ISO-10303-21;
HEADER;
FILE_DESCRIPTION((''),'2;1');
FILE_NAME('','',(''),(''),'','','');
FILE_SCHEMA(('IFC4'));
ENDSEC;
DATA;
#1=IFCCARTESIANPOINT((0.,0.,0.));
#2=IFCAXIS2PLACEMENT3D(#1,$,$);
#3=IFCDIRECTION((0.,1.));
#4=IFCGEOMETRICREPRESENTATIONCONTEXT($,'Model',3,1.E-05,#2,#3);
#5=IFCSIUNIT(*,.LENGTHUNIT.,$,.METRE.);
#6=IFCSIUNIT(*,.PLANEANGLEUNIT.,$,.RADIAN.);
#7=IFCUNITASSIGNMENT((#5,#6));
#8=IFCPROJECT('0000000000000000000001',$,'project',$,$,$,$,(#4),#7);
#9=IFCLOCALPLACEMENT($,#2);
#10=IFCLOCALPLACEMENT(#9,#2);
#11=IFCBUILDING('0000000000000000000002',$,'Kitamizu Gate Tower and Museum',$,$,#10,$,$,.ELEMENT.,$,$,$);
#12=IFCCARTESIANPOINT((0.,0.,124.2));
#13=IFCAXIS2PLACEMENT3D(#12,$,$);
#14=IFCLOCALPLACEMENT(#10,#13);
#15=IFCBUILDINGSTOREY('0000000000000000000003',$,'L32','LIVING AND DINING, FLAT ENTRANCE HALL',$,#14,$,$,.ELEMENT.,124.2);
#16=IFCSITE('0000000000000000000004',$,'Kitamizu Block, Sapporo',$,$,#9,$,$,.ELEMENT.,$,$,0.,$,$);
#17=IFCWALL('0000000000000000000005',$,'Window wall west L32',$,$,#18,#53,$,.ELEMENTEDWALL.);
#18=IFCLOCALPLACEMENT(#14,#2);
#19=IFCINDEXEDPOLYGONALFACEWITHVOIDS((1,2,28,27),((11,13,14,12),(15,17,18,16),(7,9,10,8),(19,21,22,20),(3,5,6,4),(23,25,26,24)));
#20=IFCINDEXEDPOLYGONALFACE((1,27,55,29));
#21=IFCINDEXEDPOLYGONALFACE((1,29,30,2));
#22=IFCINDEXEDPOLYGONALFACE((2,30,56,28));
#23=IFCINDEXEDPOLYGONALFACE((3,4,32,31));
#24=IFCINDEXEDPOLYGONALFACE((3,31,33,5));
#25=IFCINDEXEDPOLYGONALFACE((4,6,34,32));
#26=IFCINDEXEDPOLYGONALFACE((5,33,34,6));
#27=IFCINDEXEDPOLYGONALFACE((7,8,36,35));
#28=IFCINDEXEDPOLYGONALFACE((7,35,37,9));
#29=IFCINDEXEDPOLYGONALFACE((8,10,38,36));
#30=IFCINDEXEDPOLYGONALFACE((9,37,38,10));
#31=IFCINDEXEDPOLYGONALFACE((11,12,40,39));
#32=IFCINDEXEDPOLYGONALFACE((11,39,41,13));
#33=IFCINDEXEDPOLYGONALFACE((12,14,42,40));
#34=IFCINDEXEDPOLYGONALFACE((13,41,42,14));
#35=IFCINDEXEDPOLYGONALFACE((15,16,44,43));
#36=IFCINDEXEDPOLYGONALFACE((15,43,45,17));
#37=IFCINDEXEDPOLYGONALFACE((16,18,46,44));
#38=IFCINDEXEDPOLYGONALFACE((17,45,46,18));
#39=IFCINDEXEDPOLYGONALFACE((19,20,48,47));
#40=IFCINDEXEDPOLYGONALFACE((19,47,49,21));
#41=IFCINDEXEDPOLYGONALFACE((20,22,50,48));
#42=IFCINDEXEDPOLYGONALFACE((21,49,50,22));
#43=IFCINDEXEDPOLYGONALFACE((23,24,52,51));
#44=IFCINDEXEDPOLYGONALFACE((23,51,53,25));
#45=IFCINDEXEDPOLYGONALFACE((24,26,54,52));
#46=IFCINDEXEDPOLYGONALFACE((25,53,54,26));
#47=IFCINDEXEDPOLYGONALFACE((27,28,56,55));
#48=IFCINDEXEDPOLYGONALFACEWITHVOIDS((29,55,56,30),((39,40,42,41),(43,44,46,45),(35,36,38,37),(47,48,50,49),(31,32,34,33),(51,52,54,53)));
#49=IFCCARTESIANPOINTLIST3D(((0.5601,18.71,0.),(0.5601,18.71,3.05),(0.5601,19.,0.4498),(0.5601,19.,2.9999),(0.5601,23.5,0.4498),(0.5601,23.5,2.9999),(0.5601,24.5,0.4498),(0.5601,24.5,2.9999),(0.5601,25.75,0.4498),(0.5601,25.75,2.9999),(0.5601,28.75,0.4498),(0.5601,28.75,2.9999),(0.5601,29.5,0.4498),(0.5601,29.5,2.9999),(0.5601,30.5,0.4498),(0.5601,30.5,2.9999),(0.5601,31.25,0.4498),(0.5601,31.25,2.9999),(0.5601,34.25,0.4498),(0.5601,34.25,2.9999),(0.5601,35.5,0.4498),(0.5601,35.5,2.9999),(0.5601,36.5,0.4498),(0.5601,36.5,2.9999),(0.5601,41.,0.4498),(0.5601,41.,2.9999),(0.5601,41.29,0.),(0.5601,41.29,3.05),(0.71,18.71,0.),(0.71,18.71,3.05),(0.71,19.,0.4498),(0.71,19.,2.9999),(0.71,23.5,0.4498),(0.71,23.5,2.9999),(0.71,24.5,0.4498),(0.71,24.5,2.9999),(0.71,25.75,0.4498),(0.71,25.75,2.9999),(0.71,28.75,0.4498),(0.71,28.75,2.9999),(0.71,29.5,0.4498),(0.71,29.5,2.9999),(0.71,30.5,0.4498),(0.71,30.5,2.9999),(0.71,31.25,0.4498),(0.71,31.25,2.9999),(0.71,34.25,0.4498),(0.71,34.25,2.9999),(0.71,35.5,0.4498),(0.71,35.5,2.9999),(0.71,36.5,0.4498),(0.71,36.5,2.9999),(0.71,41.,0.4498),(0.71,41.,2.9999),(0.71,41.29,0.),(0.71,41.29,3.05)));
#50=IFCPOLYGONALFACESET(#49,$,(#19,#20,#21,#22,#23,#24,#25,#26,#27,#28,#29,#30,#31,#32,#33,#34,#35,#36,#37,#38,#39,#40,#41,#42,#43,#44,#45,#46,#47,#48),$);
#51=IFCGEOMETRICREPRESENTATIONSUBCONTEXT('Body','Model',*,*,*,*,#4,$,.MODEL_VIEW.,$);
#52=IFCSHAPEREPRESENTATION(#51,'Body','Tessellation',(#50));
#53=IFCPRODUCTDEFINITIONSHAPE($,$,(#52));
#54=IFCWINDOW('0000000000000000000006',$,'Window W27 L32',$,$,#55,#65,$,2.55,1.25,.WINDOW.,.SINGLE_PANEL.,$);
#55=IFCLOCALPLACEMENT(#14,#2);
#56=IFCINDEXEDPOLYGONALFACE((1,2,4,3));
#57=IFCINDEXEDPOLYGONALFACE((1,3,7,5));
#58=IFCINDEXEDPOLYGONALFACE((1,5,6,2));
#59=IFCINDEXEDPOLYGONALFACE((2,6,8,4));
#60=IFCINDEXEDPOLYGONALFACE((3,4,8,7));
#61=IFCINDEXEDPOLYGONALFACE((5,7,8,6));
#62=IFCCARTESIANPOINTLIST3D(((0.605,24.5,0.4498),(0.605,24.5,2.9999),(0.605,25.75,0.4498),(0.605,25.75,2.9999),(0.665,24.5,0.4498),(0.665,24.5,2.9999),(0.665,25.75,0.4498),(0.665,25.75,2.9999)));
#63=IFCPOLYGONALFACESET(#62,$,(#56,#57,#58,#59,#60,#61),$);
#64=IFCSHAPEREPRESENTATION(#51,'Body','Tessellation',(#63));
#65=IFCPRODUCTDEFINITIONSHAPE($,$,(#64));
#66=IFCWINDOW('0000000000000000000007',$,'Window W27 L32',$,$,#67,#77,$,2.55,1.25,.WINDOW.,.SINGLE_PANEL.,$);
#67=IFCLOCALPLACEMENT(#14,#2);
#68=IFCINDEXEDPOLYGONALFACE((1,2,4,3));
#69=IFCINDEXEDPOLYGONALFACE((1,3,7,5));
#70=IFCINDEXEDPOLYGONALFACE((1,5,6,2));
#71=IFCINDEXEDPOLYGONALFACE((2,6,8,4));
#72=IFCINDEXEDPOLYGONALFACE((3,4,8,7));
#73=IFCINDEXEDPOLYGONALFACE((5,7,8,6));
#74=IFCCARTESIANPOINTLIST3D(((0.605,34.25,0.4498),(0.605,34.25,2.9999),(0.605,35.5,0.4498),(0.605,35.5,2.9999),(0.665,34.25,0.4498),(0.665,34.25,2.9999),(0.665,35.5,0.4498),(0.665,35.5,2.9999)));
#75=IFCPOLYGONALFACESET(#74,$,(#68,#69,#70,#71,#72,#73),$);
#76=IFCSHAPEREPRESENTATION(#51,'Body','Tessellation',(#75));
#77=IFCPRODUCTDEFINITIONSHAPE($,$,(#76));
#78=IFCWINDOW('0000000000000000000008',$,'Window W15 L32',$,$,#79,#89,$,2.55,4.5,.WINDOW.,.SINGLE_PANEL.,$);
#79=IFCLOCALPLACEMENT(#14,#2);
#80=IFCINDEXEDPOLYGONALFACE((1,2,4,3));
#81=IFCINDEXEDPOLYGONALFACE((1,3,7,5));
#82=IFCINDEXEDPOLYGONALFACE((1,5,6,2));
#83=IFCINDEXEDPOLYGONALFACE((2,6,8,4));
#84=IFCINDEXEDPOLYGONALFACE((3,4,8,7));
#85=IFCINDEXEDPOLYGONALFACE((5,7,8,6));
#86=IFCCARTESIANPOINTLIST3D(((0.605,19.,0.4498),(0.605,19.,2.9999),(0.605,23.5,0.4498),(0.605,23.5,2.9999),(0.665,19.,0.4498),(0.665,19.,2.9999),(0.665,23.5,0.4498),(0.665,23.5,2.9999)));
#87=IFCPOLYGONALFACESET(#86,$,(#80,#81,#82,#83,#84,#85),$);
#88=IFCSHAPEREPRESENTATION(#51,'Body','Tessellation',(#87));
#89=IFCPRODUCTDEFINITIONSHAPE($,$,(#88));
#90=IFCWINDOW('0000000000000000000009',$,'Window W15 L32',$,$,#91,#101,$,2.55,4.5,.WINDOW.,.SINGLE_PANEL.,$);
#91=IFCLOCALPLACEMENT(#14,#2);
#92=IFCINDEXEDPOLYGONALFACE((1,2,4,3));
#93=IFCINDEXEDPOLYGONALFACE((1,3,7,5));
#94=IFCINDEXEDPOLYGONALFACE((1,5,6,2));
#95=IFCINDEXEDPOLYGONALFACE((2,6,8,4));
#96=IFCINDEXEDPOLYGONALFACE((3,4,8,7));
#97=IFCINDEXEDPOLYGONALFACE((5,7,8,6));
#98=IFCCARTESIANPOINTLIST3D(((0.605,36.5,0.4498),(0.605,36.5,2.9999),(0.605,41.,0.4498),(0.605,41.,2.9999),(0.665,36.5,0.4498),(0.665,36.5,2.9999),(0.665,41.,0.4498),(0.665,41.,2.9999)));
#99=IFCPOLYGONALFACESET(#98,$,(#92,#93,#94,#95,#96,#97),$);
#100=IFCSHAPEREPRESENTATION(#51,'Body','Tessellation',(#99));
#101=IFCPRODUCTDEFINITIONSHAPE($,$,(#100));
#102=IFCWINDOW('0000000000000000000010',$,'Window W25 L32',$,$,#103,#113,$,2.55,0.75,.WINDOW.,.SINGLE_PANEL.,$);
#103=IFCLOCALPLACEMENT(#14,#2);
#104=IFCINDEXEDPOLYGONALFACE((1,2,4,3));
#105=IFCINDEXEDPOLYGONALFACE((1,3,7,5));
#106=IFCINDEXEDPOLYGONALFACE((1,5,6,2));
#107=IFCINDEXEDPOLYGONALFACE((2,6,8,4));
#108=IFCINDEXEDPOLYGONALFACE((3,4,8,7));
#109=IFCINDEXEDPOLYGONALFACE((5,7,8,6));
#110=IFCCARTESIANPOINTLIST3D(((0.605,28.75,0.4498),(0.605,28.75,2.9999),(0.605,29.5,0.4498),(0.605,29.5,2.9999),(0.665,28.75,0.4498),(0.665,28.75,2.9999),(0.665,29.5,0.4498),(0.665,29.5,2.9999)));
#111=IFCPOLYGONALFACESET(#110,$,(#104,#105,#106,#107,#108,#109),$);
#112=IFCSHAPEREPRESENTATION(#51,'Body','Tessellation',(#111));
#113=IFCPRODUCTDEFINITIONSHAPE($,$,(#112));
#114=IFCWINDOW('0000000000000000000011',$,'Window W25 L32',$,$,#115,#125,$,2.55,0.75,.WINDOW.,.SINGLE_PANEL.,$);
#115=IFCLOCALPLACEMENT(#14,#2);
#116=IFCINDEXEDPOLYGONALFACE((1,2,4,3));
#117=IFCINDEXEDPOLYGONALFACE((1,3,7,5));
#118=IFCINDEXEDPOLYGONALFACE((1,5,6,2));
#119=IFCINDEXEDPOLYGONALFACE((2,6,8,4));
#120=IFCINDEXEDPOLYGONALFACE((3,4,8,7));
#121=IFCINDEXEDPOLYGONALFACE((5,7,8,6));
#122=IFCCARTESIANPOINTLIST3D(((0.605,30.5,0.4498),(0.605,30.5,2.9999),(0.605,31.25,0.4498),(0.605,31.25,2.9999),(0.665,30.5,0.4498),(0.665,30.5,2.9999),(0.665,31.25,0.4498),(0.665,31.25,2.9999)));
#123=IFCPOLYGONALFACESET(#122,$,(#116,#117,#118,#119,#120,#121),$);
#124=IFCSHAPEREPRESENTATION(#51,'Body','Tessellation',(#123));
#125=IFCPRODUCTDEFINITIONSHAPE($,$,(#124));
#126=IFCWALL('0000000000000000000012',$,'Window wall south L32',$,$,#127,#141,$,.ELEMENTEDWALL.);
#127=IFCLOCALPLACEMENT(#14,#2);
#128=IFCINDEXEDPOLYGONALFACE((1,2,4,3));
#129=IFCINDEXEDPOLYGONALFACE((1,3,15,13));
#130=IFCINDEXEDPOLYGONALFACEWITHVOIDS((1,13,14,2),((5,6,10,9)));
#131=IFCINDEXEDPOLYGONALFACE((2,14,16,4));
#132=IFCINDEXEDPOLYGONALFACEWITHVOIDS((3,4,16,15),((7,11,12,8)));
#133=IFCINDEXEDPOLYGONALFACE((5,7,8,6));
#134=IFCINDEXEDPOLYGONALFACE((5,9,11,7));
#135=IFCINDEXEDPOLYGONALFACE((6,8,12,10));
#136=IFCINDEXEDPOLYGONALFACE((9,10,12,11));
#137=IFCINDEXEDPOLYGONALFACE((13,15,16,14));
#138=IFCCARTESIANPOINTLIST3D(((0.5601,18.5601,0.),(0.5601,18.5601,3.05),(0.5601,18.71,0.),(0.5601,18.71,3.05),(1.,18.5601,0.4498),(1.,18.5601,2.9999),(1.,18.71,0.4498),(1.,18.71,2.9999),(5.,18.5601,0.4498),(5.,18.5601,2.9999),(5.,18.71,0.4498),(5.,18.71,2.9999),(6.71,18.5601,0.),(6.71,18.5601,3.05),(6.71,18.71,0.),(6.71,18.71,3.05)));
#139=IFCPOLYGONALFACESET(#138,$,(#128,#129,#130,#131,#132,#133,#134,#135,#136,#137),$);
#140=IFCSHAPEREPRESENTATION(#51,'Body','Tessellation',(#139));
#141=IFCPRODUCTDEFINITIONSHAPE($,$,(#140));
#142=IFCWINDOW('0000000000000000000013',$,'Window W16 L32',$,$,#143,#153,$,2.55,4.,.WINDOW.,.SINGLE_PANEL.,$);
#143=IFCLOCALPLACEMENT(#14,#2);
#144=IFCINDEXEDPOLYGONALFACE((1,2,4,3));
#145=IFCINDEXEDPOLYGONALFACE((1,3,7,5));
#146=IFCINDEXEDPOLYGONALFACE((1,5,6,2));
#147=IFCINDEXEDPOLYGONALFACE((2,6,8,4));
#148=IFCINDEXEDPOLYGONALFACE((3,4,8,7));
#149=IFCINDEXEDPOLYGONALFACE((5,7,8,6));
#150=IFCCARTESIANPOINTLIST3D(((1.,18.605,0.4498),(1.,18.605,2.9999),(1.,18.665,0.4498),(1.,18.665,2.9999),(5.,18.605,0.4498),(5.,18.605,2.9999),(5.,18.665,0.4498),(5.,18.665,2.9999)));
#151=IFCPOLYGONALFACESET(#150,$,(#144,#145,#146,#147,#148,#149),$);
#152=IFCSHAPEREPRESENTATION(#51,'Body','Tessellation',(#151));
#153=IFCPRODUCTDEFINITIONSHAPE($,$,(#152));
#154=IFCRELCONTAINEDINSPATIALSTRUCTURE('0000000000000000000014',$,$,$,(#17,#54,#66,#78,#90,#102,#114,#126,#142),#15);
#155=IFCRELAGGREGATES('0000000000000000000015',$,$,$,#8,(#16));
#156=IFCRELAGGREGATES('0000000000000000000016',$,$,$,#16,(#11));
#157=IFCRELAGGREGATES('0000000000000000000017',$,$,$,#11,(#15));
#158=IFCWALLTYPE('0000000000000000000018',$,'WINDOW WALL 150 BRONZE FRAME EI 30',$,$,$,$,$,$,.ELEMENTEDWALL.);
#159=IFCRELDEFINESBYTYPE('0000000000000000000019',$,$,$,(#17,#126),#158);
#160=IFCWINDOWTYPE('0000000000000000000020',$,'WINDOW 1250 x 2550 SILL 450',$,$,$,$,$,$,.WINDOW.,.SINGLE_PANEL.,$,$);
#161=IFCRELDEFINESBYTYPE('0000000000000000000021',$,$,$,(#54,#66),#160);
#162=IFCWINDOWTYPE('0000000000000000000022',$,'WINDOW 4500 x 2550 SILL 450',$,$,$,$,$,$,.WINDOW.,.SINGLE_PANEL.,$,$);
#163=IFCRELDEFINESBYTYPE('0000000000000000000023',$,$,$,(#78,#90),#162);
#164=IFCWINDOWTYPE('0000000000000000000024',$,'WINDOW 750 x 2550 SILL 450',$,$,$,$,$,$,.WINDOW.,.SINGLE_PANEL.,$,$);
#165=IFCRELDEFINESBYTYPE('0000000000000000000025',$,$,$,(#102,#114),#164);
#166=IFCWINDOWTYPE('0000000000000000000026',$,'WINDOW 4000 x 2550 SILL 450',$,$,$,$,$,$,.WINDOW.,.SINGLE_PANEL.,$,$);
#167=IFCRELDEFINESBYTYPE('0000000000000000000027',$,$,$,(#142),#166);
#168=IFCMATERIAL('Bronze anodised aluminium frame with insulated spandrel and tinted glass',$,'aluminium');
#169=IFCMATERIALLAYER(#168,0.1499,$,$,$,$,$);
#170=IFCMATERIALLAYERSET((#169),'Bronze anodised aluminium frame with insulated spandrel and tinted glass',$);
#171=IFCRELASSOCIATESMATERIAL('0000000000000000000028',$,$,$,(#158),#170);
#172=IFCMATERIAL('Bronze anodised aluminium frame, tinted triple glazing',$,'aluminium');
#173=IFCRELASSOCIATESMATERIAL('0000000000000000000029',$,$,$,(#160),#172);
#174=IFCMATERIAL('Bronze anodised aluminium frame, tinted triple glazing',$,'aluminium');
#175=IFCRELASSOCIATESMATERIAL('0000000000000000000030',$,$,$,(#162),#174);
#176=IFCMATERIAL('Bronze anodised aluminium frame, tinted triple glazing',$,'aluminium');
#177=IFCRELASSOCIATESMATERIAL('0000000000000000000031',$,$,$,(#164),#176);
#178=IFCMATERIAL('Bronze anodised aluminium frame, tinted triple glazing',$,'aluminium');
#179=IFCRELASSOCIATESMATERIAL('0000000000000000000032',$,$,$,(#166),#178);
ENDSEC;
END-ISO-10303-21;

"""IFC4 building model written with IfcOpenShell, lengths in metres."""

from ifc_helpers import new_model, si_unit, direction, frame, frame_2d, origin, place, context, subcontext, project, spatial, rectangle, extrude, material, layer, layer_set, type_object, element, fill, save


model = new_model("IFC4")

# Units and contexts
model_context = context("Model", 3, precision=1e-05, world=origin(), true_north=direction((0.0, 1.0)))
body_context = subcontext(model_context, "Body", "Model", "MODEL_VIEW")
ifc_project = project(units=[si_unit("LENGTHUNIT", "METRE"), si_unit("PLANEANGLEUNIT", "RADIAN")], contexts=[model_context])

# Site, building, storey
site_placement = place(None, origin())
site = spatial("IfcSite", under=ifc_project, at=site_placement, Name="Kitamizu Block, Sapporo", CompositionType="ELEMENT", RefElevation=0.0)
building_placement = place(site_placement, origin())
building = spatial("IfcBuilding", under=site, at=building_placement, Name="Kitamizu Gate Tower and Museum", CompositionType="ELEMENT")
storey_placement = place(building_placement, frame((0.0, 0.0, 124.2)))
storey = spatial("IfcBuildingStorey", under=building, at=storey_placement, Name="L32", Description="LIVING AND DINING, FLAT ENTRANCE HALL", CompositionType="ELEMENT", Elevation=124.2)

# Wall, openings, windows
ifc_material_1 = material(Name="Bronze anodised aluminium frame with insulated spandrel and tinted glass", Category="aluminium")
ifc_layer_1 = layer(ifc_material_1, 0.1499)
ifc_layer_set_1 = layer_set([ifc_layer_1], Name="Bronze anodised aluminium frame with insulated spandrel and tinted glass")
wall_type_1 = type_object("IfcWallType", Name="WINDOW WALL 150 BRONZE FRAME EI 30", PredefinedType="ELEMENTEDWALL", material=ifc_layer_set_1)
wall_1_placement = place(storey_placement, frame((0.635, 18.71, 0.0), z_axis=(0.0, 0.0, 1.0), x_axis=(0.0, 1.0, 0.0)))
wall_1 = element("IfcWall", 1, at=wall_1_placement, inside=storey, type_object=wall_type_1, Name="Window wall west L32", PredefinedType="ELEMENTEDWALL", context=body_context, shape_type="SweptSolid", body=[
    extrude(rectangle(XDim=22.5801, YDim=0.1499, at=frame_2d((11.29, 0.0))), origin(), (0.0, 0.0, 1.0), 3.05),
])
opening_1_placement = place(wall_1_placement, frame((0.29, 0.0, 0.45)))
opening_1 = element("IfcOpeningElement", 2, at=opening_1_placement, cuts=wall_1, PredefinedType="OPENING", context=body_context, shape_type="SweptSolid", body=[
    extrude(rectangle(XDim=4.5, YDim=2.55, at=frame_2d((2.25, 1.2749))), frame((0.0, 0.085, 0.0), z_axis=(0.0, -1.0, 0.0), x_axis=(1.0, 0.0, 0.0)), (0.0, 0.0, 1.0), 0.1699),
])
opening_2_placement = place(wall_1_placement, frame((5.79, 0.0, 0.45)))
opening_2 = element("IfcOpeningElement", 3, at=opening_2_placement, cuts=wall_1, PredefinedType="OPENING", context=body_context, shape_type="SweptSolid", body=[
    extrude(rectangle(XDim=1.25, YDim=2.55, at=frame_2d((0.625, 1.2749))), frame((0.0, 0.085, 0.0), z_axis=(0.0, -1.0, 0.0), x_axis=(1.0, 0.0, 0.0)), (0.0, 0.0, 1.0), 0.1699),
])
opening_3_placement = place(wall_1_placement, frame((10.04, 0.0, 0.45)))
opening_3 = element("IfcOpeningElement", 4, at=opening_3_placement, cuts=wall_1, PredefinedType="OPENING", context=body_context, shape_type="SweptSolid", body=[
    extrude(rectangle(XDim=0.75, YDim=2.55, at=frame_2d((0.375, 1.2749))), frame((0.0, 0.085, 0.0), z_axis=(0.0, -1.0, 0.0), x_axis=(1.0, 0.0, 0.0)), (0.0, 0.0, 1.0), 0.1699),
])
opening_4_placement = place(wall_1_placement, frame((11.79, 0.0, 0.45)))
opening_4 = element("IfcOpeningElement", 5, at=opening_4_placement, cuts=wall_1, PredefinedType="OPENING", context=body_context, shape_type="SweptSolid", body=[
    extrude(rectangle(XDim=0.75, YDim=2.55, at=frame_2d((0.375, 1.2749))), frame((0.0, 0.085, 0.0), z_axis=(0.0, -1.0, 0.0), x_axis=(1.0, 0.0, 0.0)), (0.0, 0.0, 1.0), 0.1699),
])
opening_5_placement = place(wall_1_placement, frame((15.54, 0.0, 0.45)))
opening_5 = element("IfcOpeningElement", 6, at=opening_5_placement, cuts=wall_1, PredefinedType="OPENING", context=body_context, shape_type="SweptSolid", body=[
    extrude(rectangle(XDim=1.25, YDim=2.55, at=frame_2d((0.625, 1.2749))), frame((0.0, 0.085, 0.0), z_axis=(0.0, -1.0, 0.0), x_axis=(1.0, 0.0, 0.0)), (0.0, 0.0, 1.0), 0.1699),
])
opening_6_placement = place(wall_1_placement, frame((17.79, 0.0, 0.45)))
opening_6 = element("IfcOpeningElement", 7, at=opening_6_placement, cuts=wall_1, PredefinedType="OPENING", context=body_context, shape_type="SweptSolid", body=[
    extrude(rectangle(XDim=4.5, YDim=2.55, at=frame_2d((2.25, 1.2749))), frame((0.0, 0.085, 0.0), z_axis=(0.0, -1.0, 0.0), x_axis=(1.0, 0.0, 0.0)), (0.0, 0.0, 1.0), 0.1699),
])
ifc_material_2 = material(Name="Bronze anodised aluminium frame, tinted triple glazing", Category="aluminium")
window_type_1 = type_object("IfcWindowType", Name="WINDOW 1250 x 2550 SILL 450", PartitioningType="SINGLE_PANEL", PredefinedType="WINDOW", material=ifc_material_2)
window_1_placement = place(opening_2_placement, origin())
window_1 = element("IfcWindow", 8, at=window_1_placement, inside=storey, type_object=window_type_1, Name="Window W27 L32", OverallHeight=2.55, OverallWidth=1.25, PartitioningType="SINGLE_PANEL", PredefinedType="WINDOW", context=body_context, shape_type="SweptSolid", body=[
    extrude(rectangle(XDim=1.25, YDim=2.55, at=frame_2d((0.625, 1.2749))), frame((0.0, 0.03, 0.0), z_axis=(0.0, -1.0, 0.0), x_axis=(1.0, 0.0, 0.0)), (0.0, 0.0, 1.0), 0.0601),
])
fill(opening_2, window_1)
window_2_placement = place(opening_5_placement, origin())
window_2 = element("IfcWindow", 9, at=window_2_placement, inside=storey, type_object=window_type_1, Name="Window W27 L32", OverallHeight=2.55, OverallWidth=1.25, PartitioningType="SINGLE_PANEL", PredefinedType="WINDOW", context=body_context, shape_type="SweptSolid", body=[
    extrude(rectangle(XDim=1.25, YDim=2.55, at=frame_2d((0.625, 1.2749))), frame((0.0, 0.03, 0.0), z_axis=(0.0, -1.0, 0.0), x_axis=(1.0, 0.0, 0.0)), (0.0, 0.0, 1.0), 0.0601),
])
fill(opening_5, window_2)
ifc_material_3 = material(Name="Bronze anodised aluminium frame, tinted triple glazing", Category="aluminium")
window_type_2 = type_object("IfcWindowType", Name="WINDOW 4500 x 2550 SILL 450", PartitioningType="SINGLE_PANEL", PredefinedType="WINDOW", material=ifc_material_3)
window_3_placement = place(opening_1_placement, origin())
window_3 = element("IfcWindow", 10, at=window_3_placement, inside=storey, type_object=window_type_2, Name="Window W15 L32", OverallHeight=2.55, OverallWidth=4.5, PartitioningType="SINGLE_PANEL", PredefinedType="WINDOW", context=body_context, shape_type="SweptSolid", body=[
    extrude(rectangle(XDim=4.5, YDim=2.55, at=frame_2d((2.25, 1.2749))), frame((0.0, 0.03, 0.0), z_axis=(0.0, -1.0, 0.0), x_axis=(1.0, 0.0, 0.0)), (0.0, 0.0, 1.0), 0.0601),
])
fill(opening_1, window_3)
window_4_placement = place(opening_6_placement, origin())
window_4 = element("IfcWindow", 11, at=window_4_placement, inside=storey, type_object=window_type_2, Name="Window W15 L32", OverallHeight=2.55, OverallWidth=4.5, PartitioningType="SINGLE_PANEL", PredefinedType="WINDOW", context=body_context, shape_type="SweptSolid", body=[
    extrude(rectangle(XDim=4.5, YDim=2.55, at=frame_2d((2.25, 1.2749))), frame((0.0, 0.03, 0.0), z_axis=(0.0, -1.0, 0.0), x_axis=(1.0, 0.0, 0.0)), (0.0, 0.0, 1.0), 0.0601),
])
fill(opening_6, window_4)
ifc_material_4 = material(Name="Bronze anodised aluminium frame, tinted triple glazing", Category="aluminium")
window_type_3 = type_object("IfcWindowType", Name="WINDOW 750 x 2550 SILL 450", PartitioningType="SINGLE_PANEL", PredefinedType="WINDOW", material=ifc_material_4)
window_5_placement = place(opening_3_placement, origin())
window_5 = element("IfcWindow", 12, at=window_5_placement, inside=storey, type_object=window_type_3, Name="Window W25 L32", OverallHeight=2.55, OverallWidth=0.75, PartitioningType="SINGLE_PANEL", PredefinedType="WINDOW", context=body_context, shape_type="SweptSolid", body=[
    extrude(rectangle(XDim=0.75, YDim=2.55, at=frame_2d((0.375, 1.2749))), frame((0.0, 0.03, 0.0), z_axis=(0.0, -1.0, 0.0), x_axis=(1.0, 0.0, 0.0)), (0.0, 0.0, 1.0), 0.0601),
])
fill(opening_3, window_5)
window_6_placement = place(opening_4_placement, origin())
window_6 = element("IfcWindow", 13, at=window_6_placement, inside=storey, type_object=window_type_3, Name="Window W25 L32", OverallHeight=2.55, OverallWidth=0.75, PartitioningType="SINGLE_PANEL", PredefinedType="WINDOW", context=body_context, shape_type="SweptSolid", body=[
    extrude(rectangle(XDim=0.75, YDim=2.55, at=frame_2d((0.375, 1.2749))), frame((0.0, 0.03, 0.0), z_axis=(0.0, -1.0, 0.0), x_axis=(1.0, 0.0, 0.0)), (0.0, 0.0, 1.0), 0.0601),
])
fill(opening_4, window_6)

# Wall, opening, window
wall_2_placement = place(storey_placement, frame((0.5601, 18.635, 0.0), z_axis=(0.0, 0.0, 1.0), x_axis=(1.0, 0.0, 0.0)))
wall_2 = element("IfcWall", 14, at=wall_2_placement, inside=storey, type_object=wall_type_1, Name="Window wall south L32", PredefinedType="ELEMENTEDWALL", context=body_context, shape_type="SweptSolid", body=[
    extrude(rectangle(XDim=6.1499, YDim=0.1499, at=frame_2d((3.075, 0.0))), origin(), (0.0, 0.0, 1.0), 3.05),
])
opening_7_placement = place(wall_2_placement, frame((0.4399, 0.0, 0.45)))
opening_7 = element("IfcOpeningElement", 15, at=opening_7_placement, cuts=wall_2, PredefinedType="OPENING", context=body_context, shape_type="SweptSolid", body=[
    extrude(rectangle(XDim=4.0, YDim=2.55, at=frame_2d((2.0, 1.2749))), frame((0.0, 0.085, 0.0), z_axis=(0.0, -1.0, 0.0), x_axis=(1.0, 0.0, 0.0)), (0.0, 0.0, 1.0), 0.1699),
])
ifc_material_5 = material(Name="Bronze anodised aluminium frame, tinted triple glazing", Category="aluminium")
window_type_4 = type_object("IfcWindowType", Name="WINDOW 4000 x 2550 SILL 450", PartitioningType="SINGLE_PANEL", PredefinedType="WINDOW", material=ifc_material_5)
window_7_placement = place(opening_7_placement, origin())
window_7 = element("IfcWindow", 16, at=window_7_placement, inside=storey, type_object=window_type_4, Name="Window W16 L32", OverallHeight=2.55, OverallWidth=4.0, PartitioningType="SINGLE_PANEL", PredefinedType="WINDOW", context=body_context, shape_type="SweptSolid", body=[
    extrude(rectangle(XDim=4.0, YDim=2.55, at=frame_2d((2.0, 1.2749))), frame((0.0, 0.03, 0.0), z_axis=(0.0, -1.0, 0.0), x_axis=(1.0, 0.0, 0.0)), (0.0, 0.0, 1.0), 0.0601),
])
fill(opening_7, window_7)

save(model, "model.ifc")
